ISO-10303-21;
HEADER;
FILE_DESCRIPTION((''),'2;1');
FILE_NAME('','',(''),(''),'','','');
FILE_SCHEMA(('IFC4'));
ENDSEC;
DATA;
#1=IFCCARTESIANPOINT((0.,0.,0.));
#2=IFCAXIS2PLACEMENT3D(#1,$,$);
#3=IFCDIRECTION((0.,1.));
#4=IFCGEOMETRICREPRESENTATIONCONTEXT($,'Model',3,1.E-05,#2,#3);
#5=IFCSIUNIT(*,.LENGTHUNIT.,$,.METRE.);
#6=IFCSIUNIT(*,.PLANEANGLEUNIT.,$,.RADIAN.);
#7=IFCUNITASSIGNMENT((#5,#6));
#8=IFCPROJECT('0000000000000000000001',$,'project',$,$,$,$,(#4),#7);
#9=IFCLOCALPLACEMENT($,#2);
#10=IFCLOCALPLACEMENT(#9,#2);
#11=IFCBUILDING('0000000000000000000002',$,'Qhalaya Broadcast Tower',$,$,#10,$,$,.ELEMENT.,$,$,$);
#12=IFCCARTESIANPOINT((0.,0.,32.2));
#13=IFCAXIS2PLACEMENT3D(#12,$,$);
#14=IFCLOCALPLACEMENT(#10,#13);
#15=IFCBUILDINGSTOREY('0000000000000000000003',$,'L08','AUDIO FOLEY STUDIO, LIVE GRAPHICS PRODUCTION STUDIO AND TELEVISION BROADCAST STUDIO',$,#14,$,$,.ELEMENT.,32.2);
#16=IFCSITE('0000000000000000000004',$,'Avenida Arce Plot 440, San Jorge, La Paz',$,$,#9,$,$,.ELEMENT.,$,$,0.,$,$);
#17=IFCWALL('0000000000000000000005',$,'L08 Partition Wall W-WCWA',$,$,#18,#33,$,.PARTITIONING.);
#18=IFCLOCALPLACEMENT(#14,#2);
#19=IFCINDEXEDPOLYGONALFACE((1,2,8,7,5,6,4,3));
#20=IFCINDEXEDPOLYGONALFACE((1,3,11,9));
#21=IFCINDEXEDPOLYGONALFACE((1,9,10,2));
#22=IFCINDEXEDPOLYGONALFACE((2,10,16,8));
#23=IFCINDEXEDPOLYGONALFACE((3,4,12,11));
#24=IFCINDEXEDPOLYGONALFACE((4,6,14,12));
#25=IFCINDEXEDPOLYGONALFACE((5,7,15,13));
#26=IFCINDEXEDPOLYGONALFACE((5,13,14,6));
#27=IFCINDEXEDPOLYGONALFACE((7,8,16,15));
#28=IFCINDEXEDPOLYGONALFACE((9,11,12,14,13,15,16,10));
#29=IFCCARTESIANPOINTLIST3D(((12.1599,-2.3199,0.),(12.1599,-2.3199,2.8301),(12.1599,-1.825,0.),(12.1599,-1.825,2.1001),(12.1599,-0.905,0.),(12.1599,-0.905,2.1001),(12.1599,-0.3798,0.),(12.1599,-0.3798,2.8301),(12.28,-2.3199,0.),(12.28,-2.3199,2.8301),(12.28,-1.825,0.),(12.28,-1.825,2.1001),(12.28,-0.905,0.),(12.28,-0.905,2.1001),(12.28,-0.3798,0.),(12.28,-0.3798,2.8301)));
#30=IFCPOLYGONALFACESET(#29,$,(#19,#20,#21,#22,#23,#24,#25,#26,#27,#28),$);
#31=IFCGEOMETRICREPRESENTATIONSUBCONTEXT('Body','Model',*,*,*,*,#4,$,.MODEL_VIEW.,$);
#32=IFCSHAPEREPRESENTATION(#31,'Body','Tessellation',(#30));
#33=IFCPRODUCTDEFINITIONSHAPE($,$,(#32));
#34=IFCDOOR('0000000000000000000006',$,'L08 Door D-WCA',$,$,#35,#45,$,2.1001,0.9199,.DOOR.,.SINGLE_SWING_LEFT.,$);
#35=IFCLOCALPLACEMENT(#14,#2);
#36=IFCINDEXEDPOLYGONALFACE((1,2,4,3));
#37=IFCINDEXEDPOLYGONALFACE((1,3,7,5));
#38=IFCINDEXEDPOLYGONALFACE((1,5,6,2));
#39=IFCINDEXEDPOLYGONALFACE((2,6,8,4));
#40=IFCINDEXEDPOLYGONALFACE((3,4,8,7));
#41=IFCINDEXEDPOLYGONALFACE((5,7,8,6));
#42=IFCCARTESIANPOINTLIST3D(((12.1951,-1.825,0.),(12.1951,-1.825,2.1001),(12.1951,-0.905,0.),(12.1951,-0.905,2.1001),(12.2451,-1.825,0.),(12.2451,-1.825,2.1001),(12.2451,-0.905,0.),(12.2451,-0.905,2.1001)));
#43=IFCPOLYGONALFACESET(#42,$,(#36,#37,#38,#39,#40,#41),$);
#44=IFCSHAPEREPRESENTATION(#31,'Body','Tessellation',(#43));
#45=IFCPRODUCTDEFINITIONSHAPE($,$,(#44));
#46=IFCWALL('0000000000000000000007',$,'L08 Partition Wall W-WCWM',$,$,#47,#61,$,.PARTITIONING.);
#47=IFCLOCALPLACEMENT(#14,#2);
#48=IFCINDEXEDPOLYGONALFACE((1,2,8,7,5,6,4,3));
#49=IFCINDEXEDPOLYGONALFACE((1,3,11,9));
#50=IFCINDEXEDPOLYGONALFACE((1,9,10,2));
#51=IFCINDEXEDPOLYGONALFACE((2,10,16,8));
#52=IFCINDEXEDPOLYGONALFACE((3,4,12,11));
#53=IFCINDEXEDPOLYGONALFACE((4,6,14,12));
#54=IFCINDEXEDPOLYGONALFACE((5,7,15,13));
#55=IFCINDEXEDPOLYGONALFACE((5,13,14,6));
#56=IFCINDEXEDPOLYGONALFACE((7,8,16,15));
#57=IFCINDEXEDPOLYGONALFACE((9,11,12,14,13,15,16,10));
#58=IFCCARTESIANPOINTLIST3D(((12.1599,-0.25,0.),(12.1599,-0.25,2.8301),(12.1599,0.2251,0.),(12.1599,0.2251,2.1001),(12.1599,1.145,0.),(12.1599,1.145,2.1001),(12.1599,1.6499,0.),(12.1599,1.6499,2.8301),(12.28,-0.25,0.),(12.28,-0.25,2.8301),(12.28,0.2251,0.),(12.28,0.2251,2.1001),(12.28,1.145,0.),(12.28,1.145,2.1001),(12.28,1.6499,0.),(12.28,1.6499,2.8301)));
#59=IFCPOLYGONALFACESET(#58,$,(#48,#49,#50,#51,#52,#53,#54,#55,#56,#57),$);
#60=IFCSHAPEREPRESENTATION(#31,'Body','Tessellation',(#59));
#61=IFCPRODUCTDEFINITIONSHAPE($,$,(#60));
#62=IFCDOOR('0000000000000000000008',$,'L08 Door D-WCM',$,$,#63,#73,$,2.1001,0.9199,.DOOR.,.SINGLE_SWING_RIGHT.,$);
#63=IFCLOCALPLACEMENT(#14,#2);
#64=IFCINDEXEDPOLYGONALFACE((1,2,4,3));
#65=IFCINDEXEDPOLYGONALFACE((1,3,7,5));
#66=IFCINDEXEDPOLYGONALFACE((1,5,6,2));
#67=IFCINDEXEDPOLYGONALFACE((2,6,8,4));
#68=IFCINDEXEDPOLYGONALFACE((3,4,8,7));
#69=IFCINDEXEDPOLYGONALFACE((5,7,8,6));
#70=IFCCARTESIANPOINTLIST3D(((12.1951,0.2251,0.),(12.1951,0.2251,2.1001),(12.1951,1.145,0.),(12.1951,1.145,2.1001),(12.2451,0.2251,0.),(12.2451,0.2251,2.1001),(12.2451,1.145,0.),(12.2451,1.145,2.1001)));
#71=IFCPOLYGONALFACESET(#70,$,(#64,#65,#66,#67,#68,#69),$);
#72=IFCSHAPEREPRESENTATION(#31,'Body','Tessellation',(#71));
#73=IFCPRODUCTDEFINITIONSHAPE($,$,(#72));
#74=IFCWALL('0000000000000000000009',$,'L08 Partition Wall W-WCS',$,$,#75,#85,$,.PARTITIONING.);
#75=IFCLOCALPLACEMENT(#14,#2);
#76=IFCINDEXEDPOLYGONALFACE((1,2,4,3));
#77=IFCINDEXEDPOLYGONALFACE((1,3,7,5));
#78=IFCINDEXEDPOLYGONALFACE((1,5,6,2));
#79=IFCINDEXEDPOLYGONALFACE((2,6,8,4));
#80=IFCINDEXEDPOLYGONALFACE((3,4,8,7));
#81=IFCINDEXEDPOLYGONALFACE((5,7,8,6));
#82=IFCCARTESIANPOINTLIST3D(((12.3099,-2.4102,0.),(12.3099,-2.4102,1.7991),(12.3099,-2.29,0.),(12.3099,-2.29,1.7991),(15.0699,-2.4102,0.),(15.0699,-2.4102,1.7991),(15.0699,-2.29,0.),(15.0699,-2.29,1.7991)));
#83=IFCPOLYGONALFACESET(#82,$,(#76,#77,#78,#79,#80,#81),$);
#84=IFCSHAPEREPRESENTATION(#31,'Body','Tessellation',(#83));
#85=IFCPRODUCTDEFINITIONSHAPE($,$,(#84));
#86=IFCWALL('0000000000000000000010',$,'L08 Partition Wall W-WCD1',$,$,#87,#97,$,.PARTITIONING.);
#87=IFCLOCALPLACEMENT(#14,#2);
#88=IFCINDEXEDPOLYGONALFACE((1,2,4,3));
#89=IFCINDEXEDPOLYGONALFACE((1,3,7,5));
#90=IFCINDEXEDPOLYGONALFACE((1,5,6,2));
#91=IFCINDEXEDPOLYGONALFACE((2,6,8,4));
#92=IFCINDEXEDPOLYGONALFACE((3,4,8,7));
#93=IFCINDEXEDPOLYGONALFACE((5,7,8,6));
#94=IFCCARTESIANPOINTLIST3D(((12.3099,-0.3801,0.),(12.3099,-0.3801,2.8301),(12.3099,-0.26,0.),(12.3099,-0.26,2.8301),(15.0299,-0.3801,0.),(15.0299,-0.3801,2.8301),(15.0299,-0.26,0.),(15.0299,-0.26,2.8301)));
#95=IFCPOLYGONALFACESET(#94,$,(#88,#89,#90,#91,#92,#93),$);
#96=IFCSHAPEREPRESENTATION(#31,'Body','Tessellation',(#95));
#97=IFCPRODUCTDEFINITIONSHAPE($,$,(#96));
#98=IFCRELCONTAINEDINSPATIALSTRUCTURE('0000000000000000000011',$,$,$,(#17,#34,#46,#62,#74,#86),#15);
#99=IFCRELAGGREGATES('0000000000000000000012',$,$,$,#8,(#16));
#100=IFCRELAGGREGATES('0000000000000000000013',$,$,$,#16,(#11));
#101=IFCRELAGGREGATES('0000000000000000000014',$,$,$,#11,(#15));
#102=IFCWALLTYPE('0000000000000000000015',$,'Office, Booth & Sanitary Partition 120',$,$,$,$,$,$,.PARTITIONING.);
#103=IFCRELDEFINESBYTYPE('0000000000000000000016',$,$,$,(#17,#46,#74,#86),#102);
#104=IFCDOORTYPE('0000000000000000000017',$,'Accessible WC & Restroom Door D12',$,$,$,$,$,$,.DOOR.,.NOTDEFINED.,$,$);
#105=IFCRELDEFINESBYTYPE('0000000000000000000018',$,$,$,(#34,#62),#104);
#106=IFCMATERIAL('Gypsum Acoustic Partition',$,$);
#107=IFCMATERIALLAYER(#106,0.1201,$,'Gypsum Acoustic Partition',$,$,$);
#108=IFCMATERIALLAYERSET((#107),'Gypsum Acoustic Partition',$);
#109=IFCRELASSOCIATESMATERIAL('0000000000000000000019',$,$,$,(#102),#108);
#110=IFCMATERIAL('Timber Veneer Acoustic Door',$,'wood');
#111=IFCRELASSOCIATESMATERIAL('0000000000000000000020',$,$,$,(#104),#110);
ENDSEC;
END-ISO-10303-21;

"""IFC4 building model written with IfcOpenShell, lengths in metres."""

from ifc_helpers import new_model, si_unit, direction, frame, frame_2d, origin, place, context, subcontext, project, spatial, rectangle, extrude, material, layer, layer_set, type_object, element, fill, save


model = new_model("IFC4")

# Units and contexts
model_context = context("Model", 3, precision=1e-05, world=origin(), true_north=direction((0.0, 1.0)))
body_context = subcontext(model_context, "Body", "Model", "MODEL_VIEW")
ifc_project = project(units=[si_unit("LENGTHUNIT", "METRE"), si_unit("PLANEANGLEUNIT", "RADIAN")], contexts=[model_context])

# Site, building, storey
site_placement = place(None, origin())
site = spatial("IfcSite", under=ifc_project, at=site_placement, Name="Avenida Arce Plot 440, San Jorge, La Paz", CompositionType="ELEMENT", RefElevation=0.0)
building_placement = place(site_placement, origin())
building = spatial("IfcBuilding", under=site, at=building_placement, Name="Qhalaya Broadcast Tower", CompositionType="ELEMENT")
storey_placement = place(building_placement, frame((0.0, 0.0, 32.2)))
storey = spatial("IfcBuildingStorey", under=building, at=storey_placement, Name="L08", Description="AUDIO FOLEY STUDIO, LIVE GRAPHICS PRODUCTION STUDIO AND TELEVISION BROADCAST STUDIO", CompositionType="ELEMENT", Elevation=32.2)

# Shared definitions
ifc_material_1 = material(Name="Gypsum Acoustic Partition")
ifc_layer_1 = layer(ifc_material_1, 0.1201, Name="Gypsum Acoustic Partition")
ifc_layer_set_1 = layer_set([ifc_layer_1], Name="Gypsum Acoustic Partition")
wall_type_1 = type_object("IfcWallType", Name="Office, Booth & Sanitary Partition 120", PredefinedType="PARTITIONING", material=ifc_layer_set_1)

# Walls, openings, doors
wall_1_placement = place(storey_placement, frame((12.22, -2.3201, 0.0), z_axis=(0.0, 0.0, 1.0), x_axis=(0.0, 1.0, 0.0)))
wall_1 = element("IfcWall", 1, at=wall_1_placement, inside=storey, type_object=wall_type_1, Name="L08 Partition Wall W-WCWA", PredefinedType="PARTITIONING", context=body_context, shape_type="SweptSolid", body=[
    extrude(rectangle(XDim=1.9402, YDim=0.1201, at=frame_2d((0.9702, 0.0))), origin(), (0.0, 0.0, 1.0), 2.8301),
])
opening_1_placement = place(wall_1_placement, frame((0.4951, 0.0, 0.0)))
opening_1 = element("IfcOpeningElement", 2, at=opening_1_placement, cuts=wall_1, PredefinedType="OPENING", context=body_context, shape_type="SweptSolid", body=[
    extrude(rectangle(XDim=0.9199, YDim=2.1001, at=frame_2d((0.46, 1.05))), frame((0.0, 0.072, 0.0), z_axis=(0.0, -1.0, 0.0), x_axis=(1.0, 0.0, 0.0)), (0.0, 0.0, 1.0), 0.144),
])
ifc_material_2 = material(Name="Timber Veneer Acoustic Door", Category="wood")
door_type_1 = type_object("IfcDoorType", Name="Accessible WC & Restroom Door D12", OperationType="NOTDEFINED", PredefinedType="DOOR", material=ifc_material_2)
door_1_placement = place(opening_1_placement, origin())
door_1 = element("IfcDoor", 3, at=door_1_placement, inside=storey, type_object=door_type_1, Name="L08 Door D-WCA", OperationType="SINGLE_SWING_LEFT", OverallHeight=2.1001, OverallWidth=0.9199, PredefinedType="DOOR", context=body_context, shape_type="SweptSolid", body=[
    extrude(rectangle(XDim=0.9199, YDim=2.1001, at=frame_2d((0.46, 1.05))), frame((0.0, 0.0249, 0.0), z_axis=(0.0, -1.0, 0.0), x_axis=(1.0, 0.0, 0.0)), (0.0, 0.0, 1.0), 0.05),
])
fill(opening_1, door_1)
wall_2_placement = place(storey_placement, frame((12.22, -0.25, 0.0), z_axis=(0.0, 0.0, 1.0), x_axis=(0.0, 1.0, 0.0)))
wall_2 = element("IfcWall", 4, at=wall_2_placement, inside=storey, type_object=wall_type_1, Name="L08 Partition Wall W-WCWM", PredefinedType="PARTITIONING", context=body_context, shape_type="SweptSolid", body=[
    extrude(rectangle(XDim=1.8999, YDim=0.1201, at=frame_2d((0.95, 0.0))), origin(), (0.0, 0.0, 1.0), 2.8301),
])
opening_2_placement = place(wall_2_placement, frame((0.4751, 0.0, 0.0)))
opening_2 = element("IfcOpeningElement", 5, at=opening_2_placement, cuts=wall_2, PredefinedType="OPENING", context=body_context, shape_type="SweptSolid", body=[
    extrude(rectangle(XDim=0.9199, YDim=2.1001, at=frame_2d((0.46, 1.05))), frame((0.0, 0.072, 0.0), z_axis=(0.0, -1.0, 0.0), x_axis=(1.0, 0.0, 0.0)), (0.0, 0.0, 1.0), 0.144),
])
door_2_placement = place(opening_2_placement, origin())
door_2 = element("IfcDoor", 6, at=door_2_placement, inside=storey, type_object=door_type_1, Name="L08 Door D-WCM", OperationType="SINGLE_SWING_RIGHT", OverallHeight=2.1001, OverallWidth=0.9199, PredefinedType="DOOR", context=body_context, shape_type="SweptSolid", body=[
    extrude(rectangle(XDim=0.9199, YDim=2.1001, at=frame_2d((0.46, 1.05))), frame((0.0, 0.0249, 0.0), z_axis=(0.0, -1.0, 0.0), x_axis=(1.0, 0.0, 0.0)), (0.0, 0.0, 1.0), 0.05),
])
fill(opening_2, door_2)

# Walls
wall_3_placement = place(storey_placement, frame((12.3101, -2.3501, 0.0), z_axis=(0.0, 0.0, 1.0), x_axis=(1.0, 0.0, 0.0)))
element("IfcWall", 7, at=wall_3_placement, inside=storey, type_object=wall_type_1, Name="L08 Partition Wall W-WCS", PredefinedType="PARTITIONING", context=body_context, shape_type="SweptSolid", body=[
    extrude(rectangle(XDim=2.76, YDim=0.1201, at=frame_2d((1.3799, 0.0))), origin(), (0.0, 0.0, 1.0), 1.7991),
])
wall_4_placement = place(storey_placement, frame((12.3101, -0.3201, 0.0), z_axis=(0.0, 0.0, 1.0), x_axis=(1.0, 0.0, 0.0)))
element("IfcWall", 8, at=wall_4_placement, inside=storey, type_object=wall_type_1, Name="L08 Partition Wall W-WCD1", PredefinedType="PARTITIONING", context=body_context, shape_type="SweptSolid", body=[
    extrude(rectangle(XDim=2.72, YDim=0.1201, at=frame_2d((1.3599, 0.0))), origin(), (0.0, 0.0, 1.0), 2.8301),
])

save(model, "model.ifc")
